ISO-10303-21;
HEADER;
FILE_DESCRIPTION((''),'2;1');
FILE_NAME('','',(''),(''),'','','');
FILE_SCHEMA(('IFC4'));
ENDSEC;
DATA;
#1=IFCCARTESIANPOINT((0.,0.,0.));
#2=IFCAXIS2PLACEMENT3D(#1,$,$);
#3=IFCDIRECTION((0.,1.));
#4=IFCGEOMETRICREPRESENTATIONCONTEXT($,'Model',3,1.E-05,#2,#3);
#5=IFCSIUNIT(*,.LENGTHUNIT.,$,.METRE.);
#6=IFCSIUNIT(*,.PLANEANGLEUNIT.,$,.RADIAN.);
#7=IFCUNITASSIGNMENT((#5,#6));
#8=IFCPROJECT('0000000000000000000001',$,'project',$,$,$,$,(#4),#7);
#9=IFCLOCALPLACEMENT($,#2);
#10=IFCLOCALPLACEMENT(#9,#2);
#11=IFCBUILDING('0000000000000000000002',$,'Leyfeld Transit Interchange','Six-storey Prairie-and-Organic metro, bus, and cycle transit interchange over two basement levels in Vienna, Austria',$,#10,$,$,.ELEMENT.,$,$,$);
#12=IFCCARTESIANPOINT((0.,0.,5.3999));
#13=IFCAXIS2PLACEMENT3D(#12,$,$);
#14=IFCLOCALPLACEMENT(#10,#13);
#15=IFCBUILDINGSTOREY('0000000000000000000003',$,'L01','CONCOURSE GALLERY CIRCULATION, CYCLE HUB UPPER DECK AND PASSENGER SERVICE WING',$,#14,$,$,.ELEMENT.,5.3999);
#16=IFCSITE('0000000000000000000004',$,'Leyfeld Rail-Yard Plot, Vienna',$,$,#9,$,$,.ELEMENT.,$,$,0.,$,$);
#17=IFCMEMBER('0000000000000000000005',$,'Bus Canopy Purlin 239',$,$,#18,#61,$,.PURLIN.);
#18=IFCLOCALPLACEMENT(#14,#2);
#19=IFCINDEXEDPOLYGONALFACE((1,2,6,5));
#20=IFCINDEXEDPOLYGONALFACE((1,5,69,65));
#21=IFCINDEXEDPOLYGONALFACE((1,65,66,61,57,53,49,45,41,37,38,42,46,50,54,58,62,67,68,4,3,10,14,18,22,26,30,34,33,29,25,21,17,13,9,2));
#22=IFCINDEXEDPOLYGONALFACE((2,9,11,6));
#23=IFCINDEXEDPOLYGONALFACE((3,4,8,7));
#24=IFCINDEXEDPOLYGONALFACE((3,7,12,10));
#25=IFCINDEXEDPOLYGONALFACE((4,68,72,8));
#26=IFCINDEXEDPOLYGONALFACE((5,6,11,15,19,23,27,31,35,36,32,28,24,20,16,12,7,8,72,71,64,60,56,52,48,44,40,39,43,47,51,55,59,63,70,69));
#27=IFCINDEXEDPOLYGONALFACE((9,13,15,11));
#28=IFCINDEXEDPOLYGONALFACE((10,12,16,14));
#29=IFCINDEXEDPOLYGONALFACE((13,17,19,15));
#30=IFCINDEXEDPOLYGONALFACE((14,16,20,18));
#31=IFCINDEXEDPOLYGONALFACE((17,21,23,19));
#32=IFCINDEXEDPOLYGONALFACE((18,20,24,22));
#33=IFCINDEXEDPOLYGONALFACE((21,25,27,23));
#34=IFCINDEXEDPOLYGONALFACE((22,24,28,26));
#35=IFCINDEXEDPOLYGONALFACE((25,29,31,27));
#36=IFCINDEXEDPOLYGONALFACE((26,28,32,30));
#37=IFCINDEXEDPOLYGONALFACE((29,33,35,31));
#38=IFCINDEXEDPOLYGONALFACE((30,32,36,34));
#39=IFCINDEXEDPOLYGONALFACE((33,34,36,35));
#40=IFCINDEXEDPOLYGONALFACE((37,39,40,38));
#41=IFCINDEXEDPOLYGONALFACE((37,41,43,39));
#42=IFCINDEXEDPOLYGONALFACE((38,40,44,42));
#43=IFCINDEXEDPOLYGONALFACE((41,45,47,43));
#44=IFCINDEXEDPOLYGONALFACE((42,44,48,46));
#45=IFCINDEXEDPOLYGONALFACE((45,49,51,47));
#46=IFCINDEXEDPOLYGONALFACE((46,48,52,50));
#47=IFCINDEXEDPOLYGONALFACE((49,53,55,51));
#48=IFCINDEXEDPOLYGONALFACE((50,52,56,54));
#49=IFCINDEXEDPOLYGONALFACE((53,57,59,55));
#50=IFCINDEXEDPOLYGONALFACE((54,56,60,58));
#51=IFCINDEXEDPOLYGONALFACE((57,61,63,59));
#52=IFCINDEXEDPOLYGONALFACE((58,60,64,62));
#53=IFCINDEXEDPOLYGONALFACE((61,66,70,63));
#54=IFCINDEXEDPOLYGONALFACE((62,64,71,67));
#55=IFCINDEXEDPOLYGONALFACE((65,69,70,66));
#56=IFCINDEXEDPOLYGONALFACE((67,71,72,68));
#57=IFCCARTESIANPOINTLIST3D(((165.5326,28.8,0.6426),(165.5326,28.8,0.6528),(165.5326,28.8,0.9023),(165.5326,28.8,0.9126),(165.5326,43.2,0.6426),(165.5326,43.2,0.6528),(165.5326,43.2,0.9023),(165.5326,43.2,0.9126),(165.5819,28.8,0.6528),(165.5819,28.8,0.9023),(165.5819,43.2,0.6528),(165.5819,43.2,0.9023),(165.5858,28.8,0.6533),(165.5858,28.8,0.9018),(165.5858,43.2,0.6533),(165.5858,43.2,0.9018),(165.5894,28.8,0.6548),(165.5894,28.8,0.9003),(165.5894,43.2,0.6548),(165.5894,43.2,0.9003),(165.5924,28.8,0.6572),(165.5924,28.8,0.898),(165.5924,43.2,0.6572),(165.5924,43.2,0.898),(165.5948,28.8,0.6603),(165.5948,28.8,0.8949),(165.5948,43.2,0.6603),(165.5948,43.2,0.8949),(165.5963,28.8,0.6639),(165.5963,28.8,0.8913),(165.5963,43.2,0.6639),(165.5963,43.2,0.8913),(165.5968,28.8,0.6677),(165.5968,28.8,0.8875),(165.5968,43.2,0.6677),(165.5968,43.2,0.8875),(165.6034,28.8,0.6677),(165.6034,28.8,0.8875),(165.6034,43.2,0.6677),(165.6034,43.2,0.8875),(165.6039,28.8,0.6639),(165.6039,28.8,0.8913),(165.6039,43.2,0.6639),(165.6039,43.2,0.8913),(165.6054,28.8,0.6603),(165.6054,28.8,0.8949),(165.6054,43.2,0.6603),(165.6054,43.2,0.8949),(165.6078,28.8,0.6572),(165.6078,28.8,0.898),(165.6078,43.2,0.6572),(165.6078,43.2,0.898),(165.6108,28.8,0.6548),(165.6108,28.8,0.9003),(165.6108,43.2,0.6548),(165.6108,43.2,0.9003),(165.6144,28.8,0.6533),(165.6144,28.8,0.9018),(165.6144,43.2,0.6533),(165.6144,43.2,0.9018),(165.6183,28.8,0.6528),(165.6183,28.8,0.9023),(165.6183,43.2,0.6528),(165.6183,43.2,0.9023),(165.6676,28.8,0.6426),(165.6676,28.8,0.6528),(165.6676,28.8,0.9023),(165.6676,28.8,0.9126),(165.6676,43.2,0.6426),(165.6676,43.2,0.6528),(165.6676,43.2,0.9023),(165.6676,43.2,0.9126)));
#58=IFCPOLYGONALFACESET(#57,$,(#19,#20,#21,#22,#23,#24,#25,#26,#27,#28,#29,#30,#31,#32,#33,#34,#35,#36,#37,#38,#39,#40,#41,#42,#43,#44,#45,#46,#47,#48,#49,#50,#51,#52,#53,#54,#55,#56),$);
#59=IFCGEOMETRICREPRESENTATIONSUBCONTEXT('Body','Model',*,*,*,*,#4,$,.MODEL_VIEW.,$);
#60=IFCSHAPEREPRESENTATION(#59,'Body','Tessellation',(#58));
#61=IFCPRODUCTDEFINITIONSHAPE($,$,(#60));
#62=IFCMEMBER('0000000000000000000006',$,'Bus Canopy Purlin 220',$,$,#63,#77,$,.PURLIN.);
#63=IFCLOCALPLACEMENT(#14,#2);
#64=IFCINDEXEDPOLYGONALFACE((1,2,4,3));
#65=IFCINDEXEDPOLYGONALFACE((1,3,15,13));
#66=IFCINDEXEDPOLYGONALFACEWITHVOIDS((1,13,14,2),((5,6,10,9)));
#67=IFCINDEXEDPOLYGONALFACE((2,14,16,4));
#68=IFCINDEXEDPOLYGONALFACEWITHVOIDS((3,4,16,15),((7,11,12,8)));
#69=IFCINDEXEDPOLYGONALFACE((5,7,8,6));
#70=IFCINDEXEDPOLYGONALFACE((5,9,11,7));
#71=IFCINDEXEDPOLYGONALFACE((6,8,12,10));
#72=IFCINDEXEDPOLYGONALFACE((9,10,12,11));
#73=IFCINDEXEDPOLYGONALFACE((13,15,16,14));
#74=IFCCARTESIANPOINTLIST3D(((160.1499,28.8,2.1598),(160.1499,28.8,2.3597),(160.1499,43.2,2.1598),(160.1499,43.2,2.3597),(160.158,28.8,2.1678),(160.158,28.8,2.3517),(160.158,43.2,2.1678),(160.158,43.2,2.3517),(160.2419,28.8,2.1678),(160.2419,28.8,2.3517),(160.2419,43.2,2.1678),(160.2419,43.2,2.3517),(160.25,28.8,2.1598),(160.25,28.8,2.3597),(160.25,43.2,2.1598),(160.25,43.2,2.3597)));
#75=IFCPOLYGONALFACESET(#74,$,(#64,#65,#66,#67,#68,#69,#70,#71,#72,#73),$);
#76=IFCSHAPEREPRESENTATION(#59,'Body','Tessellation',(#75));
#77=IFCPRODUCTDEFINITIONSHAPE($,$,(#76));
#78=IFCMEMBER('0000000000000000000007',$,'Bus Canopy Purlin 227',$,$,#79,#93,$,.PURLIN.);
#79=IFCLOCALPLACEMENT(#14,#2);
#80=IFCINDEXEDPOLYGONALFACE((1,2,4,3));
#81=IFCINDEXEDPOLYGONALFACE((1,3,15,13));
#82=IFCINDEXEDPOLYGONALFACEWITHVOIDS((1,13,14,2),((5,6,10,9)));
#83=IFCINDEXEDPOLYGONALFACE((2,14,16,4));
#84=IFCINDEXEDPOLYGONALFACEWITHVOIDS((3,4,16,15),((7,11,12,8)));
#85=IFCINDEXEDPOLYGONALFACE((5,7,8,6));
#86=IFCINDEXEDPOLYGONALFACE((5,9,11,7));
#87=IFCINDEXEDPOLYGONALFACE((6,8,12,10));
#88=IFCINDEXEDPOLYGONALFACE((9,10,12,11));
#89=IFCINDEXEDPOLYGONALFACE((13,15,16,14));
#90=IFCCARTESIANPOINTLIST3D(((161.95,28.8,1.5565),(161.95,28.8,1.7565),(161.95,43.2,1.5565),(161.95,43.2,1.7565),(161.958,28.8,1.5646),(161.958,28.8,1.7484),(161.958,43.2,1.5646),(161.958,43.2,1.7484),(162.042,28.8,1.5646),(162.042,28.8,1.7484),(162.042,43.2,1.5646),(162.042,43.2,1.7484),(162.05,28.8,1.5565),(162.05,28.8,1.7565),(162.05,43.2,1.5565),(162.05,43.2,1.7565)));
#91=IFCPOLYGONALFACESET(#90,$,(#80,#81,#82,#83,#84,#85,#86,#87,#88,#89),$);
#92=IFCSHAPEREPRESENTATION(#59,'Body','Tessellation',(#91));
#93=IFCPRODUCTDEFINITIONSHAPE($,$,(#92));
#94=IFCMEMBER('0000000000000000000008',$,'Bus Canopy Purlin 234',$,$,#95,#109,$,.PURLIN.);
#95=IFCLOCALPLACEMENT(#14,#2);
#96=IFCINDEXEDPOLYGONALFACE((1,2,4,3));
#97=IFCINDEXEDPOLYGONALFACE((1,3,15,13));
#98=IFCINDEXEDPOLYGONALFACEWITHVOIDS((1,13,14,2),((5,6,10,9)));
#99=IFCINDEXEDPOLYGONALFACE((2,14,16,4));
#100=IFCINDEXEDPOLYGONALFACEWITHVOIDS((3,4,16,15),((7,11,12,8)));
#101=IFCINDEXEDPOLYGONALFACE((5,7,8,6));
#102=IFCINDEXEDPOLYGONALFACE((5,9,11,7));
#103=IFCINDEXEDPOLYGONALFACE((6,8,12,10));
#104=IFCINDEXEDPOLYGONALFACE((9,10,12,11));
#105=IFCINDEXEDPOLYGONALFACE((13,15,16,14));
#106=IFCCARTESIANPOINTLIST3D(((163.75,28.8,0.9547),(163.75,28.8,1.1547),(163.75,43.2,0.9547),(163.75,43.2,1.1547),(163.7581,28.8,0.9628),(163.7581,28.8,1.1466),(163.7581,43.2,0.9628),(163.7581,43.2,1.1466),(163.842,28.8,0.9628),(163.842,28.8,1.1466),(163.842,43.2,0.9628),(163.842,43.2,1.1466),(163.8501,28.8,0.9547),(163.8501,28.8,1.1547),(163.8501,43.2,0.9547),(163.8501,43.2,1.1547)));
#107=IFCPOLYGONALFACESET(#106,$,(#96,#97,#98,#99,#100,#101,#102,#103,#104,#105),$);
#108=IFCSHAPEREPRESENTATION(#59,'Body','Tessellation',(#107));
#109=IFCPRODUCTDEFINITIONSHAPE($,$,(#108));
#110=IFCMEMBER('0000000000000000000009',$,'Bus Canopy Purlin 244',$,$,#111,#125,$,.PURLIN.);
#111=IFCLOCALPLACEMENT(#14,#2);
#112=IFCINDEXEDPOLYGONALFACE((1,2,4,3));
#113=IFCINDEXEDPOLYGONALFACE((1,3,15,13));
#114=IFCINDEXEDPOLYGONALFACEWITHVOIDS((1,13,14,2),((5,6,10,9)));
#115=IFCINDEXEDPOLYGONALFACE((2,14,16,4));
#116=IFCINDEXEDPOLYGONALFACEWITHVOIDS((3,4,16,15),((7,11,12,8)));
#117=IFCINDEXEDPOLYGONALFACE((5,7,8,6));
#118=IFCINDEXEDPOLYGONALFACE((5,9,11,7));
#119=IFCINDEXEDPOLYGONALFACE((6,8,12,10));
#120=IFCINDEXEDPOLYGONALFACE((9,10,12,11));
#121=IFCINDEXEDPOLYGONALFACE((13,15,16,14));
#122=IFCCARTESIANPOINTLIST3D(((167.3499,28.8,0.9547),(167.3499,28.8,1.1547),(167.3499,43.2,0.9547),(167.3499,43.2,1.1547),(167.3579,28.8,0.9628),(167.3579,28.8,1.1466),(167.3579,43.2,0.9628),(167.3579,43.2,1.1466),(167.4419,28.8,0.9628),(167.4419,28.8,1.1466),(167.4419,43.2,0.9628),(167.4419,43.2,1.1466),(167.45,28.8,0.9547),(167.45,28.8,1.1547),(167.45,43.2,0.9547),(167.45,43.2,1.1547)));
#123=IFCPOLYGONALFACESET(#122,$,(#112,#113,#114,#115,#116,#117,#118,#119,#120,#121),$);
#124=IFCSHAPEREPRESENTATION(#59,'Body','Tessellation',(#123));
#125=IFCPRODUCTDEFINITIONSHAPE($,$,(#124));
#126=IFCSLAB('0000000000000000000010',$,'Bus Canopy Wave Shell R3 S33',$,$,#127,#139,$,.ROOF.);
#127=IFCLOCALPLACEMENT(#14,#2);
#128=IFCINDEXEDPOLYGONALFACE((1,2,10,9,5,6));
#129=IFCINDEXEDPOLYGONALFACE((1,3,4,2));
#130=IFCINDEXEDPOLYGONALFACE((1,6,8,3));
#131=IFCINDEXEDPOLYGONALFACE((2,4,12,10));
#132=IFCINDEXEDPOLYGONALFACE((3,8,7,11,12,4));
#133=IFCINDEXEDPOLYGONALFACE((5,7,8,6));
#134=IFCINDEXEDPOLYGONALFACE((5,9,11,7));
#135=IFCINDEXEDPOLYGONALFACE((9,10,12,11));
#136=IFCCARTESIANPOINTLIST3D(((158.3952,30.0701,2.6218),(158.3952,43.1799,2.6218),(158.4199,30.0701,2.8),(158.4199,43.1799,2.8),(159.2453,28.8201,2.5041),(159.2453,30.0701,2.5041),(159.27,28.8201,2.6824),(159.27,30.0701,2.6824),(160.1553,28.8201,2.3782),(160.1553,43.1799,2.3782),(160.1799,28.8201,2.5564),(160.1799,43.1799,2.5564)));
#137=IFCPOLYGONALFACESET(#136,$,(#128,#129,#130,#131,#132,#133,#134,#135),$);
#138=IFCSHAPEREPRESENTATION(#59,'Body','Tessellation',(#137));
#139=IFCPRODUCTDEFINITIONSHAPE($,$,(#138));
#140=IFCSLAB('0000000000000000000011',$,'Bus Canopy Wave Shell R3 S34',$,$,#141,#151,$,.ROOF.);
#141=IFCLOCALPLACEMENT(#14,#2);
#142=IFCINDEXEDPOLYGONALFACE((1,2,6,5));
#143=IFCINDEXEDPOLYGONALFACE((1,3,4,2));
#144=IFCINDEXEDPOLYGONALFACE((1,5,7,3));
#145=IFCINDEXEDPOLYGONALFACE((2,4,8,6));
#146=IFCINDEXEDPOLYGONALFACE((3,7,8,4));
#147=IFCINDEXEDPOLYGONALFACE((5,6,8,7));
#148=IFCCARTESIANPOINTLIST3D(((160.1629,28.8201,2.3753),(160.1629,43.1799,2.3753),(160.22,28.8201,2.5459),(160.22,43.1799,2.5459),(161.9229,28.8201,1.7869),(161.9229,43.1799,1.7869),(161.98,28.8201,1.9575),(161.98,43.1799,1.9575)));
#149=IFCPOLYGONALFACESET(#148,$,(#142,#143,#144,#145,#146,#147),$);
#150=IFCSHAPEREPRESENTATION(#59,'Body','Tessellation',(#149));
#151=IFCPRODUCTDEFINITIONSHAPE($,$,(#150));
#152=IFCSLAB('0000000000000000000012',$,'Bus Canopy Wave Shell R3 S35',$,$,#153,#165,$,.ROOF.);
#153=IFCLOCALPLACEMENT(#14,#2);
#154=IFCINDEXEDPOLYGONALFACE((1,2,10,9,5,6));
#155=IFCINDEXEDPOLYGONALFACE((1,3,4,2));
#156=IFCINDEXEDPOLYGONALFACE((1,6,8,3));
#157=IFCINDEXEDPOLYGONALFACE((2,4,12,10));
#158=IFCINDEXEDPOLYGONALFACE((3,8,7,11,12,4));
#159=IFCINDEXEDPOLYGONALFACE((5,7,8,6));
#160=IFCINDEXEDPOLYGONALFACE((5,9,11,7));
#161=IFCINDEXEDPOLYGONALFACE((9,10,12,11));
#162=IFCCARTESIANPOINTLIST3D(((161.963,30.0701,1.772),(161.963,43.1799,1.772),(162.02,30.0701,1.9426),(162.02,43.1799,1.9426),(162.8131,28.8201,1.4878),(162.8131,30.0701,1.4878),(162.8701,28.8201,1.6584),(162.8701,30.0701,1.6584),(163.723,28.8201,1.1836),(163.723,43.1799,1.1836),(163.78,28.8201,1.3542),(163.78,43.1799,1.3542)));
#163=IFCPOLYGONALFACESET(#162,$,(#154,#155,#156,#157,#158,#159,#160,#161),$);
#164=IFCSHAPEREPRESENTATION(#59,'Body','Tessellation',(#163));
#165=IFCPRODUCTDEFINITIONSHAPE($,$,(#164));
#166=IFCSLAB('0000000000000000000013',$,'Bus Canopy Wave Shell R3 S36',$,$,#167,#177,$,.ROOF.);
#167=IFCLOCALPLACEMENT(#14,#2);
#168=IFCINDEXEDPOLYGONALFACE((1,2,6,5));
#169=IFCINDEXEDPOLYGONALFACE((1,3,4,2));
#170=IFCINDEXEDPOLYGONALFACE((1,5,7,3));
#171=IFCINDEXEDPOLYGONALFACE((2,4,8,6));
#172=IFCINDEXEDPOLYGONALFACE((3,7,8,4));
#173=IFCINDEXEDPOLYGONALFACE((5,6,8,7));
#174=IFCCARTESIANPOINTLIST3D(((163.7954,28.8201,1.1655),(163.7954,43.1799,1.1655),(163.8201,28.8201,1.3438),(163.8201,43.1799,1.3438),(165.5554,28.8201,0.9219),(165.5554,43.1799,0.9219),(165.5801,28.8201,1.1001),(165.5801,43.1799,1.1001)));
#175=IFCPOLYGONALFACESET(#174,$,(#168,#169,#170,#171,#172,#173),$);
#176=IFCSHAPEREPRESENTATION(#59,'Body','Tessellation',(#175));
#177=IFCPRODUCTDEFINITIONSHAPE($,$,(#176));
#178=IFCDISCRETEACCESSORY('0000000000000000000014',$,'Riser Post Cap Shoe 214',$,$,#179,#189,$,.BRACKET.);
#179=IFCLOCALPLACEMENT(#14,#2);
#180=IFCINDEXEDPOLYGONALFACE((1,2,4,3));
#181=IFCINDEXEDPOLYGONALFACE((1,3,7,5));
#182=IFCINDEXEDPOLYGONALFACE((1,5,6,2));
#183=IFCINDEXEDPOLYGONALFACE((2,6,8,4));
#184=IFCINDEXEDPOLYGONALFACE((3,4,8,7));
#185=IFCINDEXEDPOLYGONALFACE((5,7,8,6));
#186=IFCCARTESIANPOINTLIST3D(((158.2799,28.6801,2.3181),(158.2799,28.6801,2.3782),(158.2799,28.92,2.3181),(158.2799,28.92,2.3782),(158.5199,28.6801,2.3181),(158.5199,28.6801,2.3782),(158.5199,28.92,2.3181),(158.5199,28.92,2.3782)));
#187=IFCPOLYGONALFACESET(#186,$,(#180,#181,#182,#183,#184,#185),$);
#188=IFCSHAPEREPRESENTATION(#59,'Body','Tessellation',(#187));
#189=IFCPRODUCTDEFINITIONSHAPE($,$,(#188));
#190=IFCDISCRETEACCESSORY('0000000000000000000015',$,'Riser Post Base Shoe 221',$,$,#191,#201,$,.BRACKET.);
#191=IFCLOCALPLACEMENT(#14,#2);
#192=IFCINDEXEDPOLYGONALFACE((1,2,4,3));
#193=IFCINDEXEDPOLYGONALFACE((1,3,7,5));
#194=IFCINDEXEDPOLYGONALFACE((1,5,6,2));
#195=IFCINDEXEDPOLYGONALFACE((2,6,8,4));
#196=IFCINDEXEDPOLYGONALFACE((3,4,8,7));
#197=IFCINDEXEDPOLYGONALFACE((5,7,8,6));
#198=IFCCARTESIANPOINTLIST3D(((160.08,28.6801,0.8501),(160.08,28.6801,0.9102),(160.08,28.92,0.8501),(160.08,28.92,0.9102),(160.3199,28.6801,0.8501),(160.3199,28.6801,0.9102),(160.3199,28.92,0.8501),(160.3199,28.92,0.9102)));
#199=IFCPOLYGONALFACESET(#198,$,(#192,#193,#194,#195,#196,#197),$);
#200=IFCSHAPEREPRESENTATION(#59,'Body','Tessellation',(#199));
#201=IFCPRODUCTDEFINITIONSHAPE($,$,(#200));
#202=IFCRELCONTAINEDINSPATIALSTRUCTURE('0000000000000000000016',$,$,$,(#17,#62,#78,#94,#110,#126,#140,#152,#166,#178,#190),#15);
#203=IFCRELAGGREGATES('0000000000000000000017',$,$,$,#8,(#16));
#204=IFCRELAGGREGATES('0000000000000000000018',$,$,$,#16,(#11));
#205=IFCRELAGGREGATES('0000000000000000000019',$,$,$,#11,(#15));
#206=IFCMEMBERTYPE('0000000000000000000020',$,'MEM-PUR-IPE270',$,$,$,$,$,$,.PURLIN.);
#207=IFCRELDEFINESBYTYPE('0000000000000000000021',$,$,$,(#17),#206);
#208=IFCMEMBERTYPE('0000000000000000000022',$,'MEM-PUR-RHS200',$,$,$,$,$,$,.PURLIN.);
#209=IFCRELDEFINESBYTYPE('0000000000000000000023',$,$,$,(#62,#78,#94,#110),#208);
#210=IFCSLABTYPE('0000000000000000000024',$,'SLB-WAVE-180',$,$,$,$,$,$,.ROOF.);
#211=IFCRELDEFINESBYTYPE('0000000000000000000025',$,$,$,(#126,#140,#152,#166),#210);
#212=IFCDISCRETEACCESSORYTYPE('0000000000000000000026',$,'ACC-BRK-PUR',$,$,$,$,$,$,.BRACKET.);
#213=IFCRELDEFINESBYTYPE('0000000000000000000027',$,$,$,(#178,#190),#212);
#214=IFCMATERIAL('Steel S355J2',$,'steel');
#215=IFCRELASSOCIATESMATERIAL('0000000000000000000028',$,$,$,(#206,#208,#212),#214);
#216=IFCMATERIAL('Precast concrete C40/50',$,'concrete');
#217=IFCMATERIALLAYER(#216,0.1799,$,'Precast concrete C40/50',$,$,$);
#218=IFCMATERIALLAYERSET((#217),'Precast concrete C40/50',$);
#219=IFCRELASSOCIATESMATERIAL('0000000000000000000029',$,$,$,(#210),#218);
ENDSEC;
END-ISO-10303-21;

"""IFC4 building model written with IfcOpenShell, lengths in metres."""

from ifc_helpers import new_model, si_unit, direction, frame, origin, origin_2d, place, context, subcontext, project, spatial, polyline, rectangle, hollow_rectangle, i_section, outline, extrude, material, layer, layer_set, material_profile, profile_set, type_object, element, save


model = new_model("IFC4")

# Units and contexts
model_context = context("Model", 3, precision=1e-05, world=origin(), true_north=direction((0.0, 1.0)))
body_context = subcontext(model_context, "Body", "Model", "MODEL_VIEW")
ifc_project = project(units=[si_unit("LENGTHUNIT", "METRE"), si_unit("PLANEANGLEUNIT", "RADIAN")], contexts=[model_context])

# Site, building, storey
site_placement = place(None, origin())
site = spatial("IfcSite", under=ifc_project, at=site_placement, Name="Leyfeld Rail-Yard Plot, Vienna", CompositionType="ELEMENT", RefElevation=0.0)
building_placement = place(site_placement, origin())
building = spatial("IfcBuilding", under=site, at=building_placement, Name="Leyfeld Transit Interchange", Description="Six-storey Prairie-and-Organic metro, bus, and cycle transit interchange over two basement levels in Vienna, Austria", CompositionType="ELEMENT")
storey_placement = place(building_placement, frame((0.0, 0.0, 5.3999)))
storey = spatial("IfcBuildingStorey", under=building, at=storey_placement, Name="L01", Description="CONCOURSE GALLERY CIRCULATION, CYCLE HUB UPPER DECK AND PASSENGER SERVICE WING", CompositionType="ELEMENT", Elevation=5.3999)

# Members
ifc_material_1 = material(Name="Steel S355J2", Category="steel")
ifc_material_profile_1 = material_profile(ifc_material_1, i_section(OverallWidth=0.135, OverallDepth=0.27, WebThickness=0.0066, FlangeThickness=0.0103, FilletRadius=0.0149, at=origin_2d()), Name="IPE 270")
ifc_profile_set_1 = profile_set([ifc_material_profile_1], Name="Steel S355J2")
member_type_1 = type_object("IfcMemberType", Name="MEM-PUR-IPE270", PredefinedType="PURLIN", material=ifc_profile_set_1)
member_1_placement = place(storey_placement, frame((165.6001, 28.8, 0.7776), z_axis=(0.0, 1.0, 0.0), x_axis=(-1.0, 0.0, 0.0)))
element("IfcMember", 1, at=member_1_placement, inside=storey, type_object=member_type_1, Name="Bus Canopy Purlin 239", PredefinedType="PURLIN", context=body_context, shape_type="SweptSolid", body=[
    extrude(i_section(OverallWidth=0.135, OverallDepth=0.27, WebThickness=0.0066, FlangeThickness=0.0103, FilletRadius=0.0149, at=origin_2d()), origin(), (0.0, 0.0, 1.0), 14.3999),
])
ifc_material_profile_2 = material_profile(ifc_material_1, hollow_rectangle(XDim=0.1001, YDim=0.2, WallThickness=0.0081, at=origin_2d()), Name="RHS 200x100x8")
ifc_profile_set_2 = profile_set([ifc_material_profile_2], Name="Steel S355J2")
member_type_2 = type_object("IfcMemberType", Name="MEM-PUR-RHS200", PredefinedType="PURLIN", material=ifc_profile_set_2)
for number, where, z_axis, x_axis, name in (
    (2, (160.2, 28.8, 2.2598), (0.0, 1.0, 0.0), (-1.0, 0.0, 0.0), "Bus Canopy Purlin 220"),
    (3, (162.0, 28.8, 1.6565), (0.0, 1.0, 0.0), (-1.0, 0.0, 0.0), "Bus Canopy Purlin 227"),
    (4, (163.8, 28.8, 1.0547), (0.0, 1.0, 0.0), (-1.0, 0.0, 0.0), "Bus Canopy Purlin 234"),
    (5, (167.3999, 28.8, 1.0547), (0.0, 1.0, 0.0), (-1.0, 0.0, 0.0), "Bus Canopy Purlin 244"),
):
    element("IfcMember", number, at=place(storey_placement, frame(where, z_axis=z_axis, x_axis=x_axis)), inside=storey, type_object=member_type_2, Name=name, PredefinedType="PURLIN", context=body_context, shape_type="SweptSolid", body=[
        extrude(hollow_rectangle(XDim=0.1001, YDim=0.2, WallThickness=0.0081, at=origin_2d()), origin(), (0.0, 0.0, 1.0), 14.3999),
    ])

# Slabs
ifc_material_2 = material(Name="Precast concrete C40/50", Category="concrete")
ifc_layer = layer(ifc_material_2, 0.1799, Name="Precast concrete C40/50")
ifc_layer_set = layer_set([ifc_layer], Name="Precast concrete C40/50")
slab_type = type_object("IfcSlabType", Name="SLB-WAVE-180", PredefinedType="ROOF", material=ifc_layer_set)
slab_1_placement = place(storey_placement, frame((158.4199, 30.0701, 2.8), z_axis=(0.137131, 0.0, 0.990553), x_axis=(0.990553, 0.0, -0.137131)))
element("IfcSlab", 6, at=slab_1_placement, inside=storey, type_object=slab_type, Name="Bus Canopy Wave Shell R3 S33", PredefinedType="ROOF", context=body_context, shape_type="SweptSolid", body=[
    extrude(outline(polyline([(0.0, 0.0), (0.8582, 0.0), (0.8582, -1.25), (1.7768, -1.25), (1.7768, 13.1099), (0.0, 13.1099), (0.0, 0.0)])), origin(), (0.0, 0.0, -1.0), 0.1799),
])
slab_2_placement = place(storey_placement, frame((160.22, 28.8201, 2.5459), z_axis=(0.317056, 0.0, 0.948407), x_axis=(0.948407, 0.0, -0.317056)))
element("IfcSlab", 7, at=slab_2_placement, inside=storey, type_object=slab_type, Name="Bus Canopy Wave Shell R3 S34", PredefinedType="ROOF", context=body_context, shape_type="SweptSolid", body=[
    extrude(outline(polyline([(0.0, 0.0), (1.8558, 0.0), (1.8558, 14.3599), (0.0, 14.3599), (0.0, 0.0)])), origin(), (0.0, 0.0, -1.0), 0.1799),
])
slab_3_placement = place(storey_placement, frame((162.02, 30.0701, 1.9426), z_axis=(0.317057, 0.0, 0.948406), x_axis=(0.948406, 0.0, -0.317057)))
element("IfcSlab", 8, at=slab_3_placement, inside=storey, type_object=slab_type, Name="Bus Canopy Wave Shell R3 S35", PredefinedType="ROOF", context=body_context, shape_type="SweptSolid", body=[
    extrude(outline(polyline([(0.0, 0.0), (0.8963, 0.0), (0.8963, -1.25), (1.8558, -1.25), (1.8558, 13.1099), (0.0, 13.1099), (0.0, 0.0)])), origin(), (0.0, 0.0, -1.0), 0.1799),
])
slab_4_placement = place(storey_placement, frame((163.8201, 28.8201, 1.3438), z_axis=(0.13713, 0.0, 0.990553), x_axis=(0.990553, 0.0, -0.13713)))
element("IfcSlab", 9, at=slab_4_placement, inside=storey, type_object=slab_type, Name="Bus Canopy Wave Shell R3 S36", PredefinedType="ROOF", context=body_context, shape_type="SweptSolid", body=[
    extrude(outline(polyline([(0.0, 0.0), (1.7768, 0.0), (1.7768, 14.3599), (0.0, 14.3599), (0.0, 0.0)])), origin(), (0.0, 0.0, -1.0), 0.1799),
])

# Discrete accessories
discrete_accessory_type = type_object("IfcDiscreteAccessoryType", Name="ACC-BRK-PUR", PredefinedType="BRACKET", material=ifc_material_1)
for number, where, z_axis, x_axis, name in (
    (10, (158.3999, 28.8, 2.3181), (0.0, 0.0, 1.0), (1.0, 0.0, 0.0), "Riser Post Cap Shoe 214"),
    (11, (160.2, 28.8, 0.8501), (0.0, 0.0, 1.0), (1.0, 0.0, 0.0), "Riser Post Base Shoe 221"),
):
    element("IfcDiscreteAccessory", number, at=place(storey_placement, frame(where, z_axis=z_axis, x_axis=x_axis)), inside=storey, type_object=discrete_accessory_type, Name=name, PredefinedType="BRACKET", context=body_context, shape_type="SweptSolid", body=[
        extrude(rectangle(XDim=0.24, YDim=0.24, at=origin_2d()), origin(), (0.0, 0.0, 1.0), 0.0601),
    ])

save(model, "model.ifc")
